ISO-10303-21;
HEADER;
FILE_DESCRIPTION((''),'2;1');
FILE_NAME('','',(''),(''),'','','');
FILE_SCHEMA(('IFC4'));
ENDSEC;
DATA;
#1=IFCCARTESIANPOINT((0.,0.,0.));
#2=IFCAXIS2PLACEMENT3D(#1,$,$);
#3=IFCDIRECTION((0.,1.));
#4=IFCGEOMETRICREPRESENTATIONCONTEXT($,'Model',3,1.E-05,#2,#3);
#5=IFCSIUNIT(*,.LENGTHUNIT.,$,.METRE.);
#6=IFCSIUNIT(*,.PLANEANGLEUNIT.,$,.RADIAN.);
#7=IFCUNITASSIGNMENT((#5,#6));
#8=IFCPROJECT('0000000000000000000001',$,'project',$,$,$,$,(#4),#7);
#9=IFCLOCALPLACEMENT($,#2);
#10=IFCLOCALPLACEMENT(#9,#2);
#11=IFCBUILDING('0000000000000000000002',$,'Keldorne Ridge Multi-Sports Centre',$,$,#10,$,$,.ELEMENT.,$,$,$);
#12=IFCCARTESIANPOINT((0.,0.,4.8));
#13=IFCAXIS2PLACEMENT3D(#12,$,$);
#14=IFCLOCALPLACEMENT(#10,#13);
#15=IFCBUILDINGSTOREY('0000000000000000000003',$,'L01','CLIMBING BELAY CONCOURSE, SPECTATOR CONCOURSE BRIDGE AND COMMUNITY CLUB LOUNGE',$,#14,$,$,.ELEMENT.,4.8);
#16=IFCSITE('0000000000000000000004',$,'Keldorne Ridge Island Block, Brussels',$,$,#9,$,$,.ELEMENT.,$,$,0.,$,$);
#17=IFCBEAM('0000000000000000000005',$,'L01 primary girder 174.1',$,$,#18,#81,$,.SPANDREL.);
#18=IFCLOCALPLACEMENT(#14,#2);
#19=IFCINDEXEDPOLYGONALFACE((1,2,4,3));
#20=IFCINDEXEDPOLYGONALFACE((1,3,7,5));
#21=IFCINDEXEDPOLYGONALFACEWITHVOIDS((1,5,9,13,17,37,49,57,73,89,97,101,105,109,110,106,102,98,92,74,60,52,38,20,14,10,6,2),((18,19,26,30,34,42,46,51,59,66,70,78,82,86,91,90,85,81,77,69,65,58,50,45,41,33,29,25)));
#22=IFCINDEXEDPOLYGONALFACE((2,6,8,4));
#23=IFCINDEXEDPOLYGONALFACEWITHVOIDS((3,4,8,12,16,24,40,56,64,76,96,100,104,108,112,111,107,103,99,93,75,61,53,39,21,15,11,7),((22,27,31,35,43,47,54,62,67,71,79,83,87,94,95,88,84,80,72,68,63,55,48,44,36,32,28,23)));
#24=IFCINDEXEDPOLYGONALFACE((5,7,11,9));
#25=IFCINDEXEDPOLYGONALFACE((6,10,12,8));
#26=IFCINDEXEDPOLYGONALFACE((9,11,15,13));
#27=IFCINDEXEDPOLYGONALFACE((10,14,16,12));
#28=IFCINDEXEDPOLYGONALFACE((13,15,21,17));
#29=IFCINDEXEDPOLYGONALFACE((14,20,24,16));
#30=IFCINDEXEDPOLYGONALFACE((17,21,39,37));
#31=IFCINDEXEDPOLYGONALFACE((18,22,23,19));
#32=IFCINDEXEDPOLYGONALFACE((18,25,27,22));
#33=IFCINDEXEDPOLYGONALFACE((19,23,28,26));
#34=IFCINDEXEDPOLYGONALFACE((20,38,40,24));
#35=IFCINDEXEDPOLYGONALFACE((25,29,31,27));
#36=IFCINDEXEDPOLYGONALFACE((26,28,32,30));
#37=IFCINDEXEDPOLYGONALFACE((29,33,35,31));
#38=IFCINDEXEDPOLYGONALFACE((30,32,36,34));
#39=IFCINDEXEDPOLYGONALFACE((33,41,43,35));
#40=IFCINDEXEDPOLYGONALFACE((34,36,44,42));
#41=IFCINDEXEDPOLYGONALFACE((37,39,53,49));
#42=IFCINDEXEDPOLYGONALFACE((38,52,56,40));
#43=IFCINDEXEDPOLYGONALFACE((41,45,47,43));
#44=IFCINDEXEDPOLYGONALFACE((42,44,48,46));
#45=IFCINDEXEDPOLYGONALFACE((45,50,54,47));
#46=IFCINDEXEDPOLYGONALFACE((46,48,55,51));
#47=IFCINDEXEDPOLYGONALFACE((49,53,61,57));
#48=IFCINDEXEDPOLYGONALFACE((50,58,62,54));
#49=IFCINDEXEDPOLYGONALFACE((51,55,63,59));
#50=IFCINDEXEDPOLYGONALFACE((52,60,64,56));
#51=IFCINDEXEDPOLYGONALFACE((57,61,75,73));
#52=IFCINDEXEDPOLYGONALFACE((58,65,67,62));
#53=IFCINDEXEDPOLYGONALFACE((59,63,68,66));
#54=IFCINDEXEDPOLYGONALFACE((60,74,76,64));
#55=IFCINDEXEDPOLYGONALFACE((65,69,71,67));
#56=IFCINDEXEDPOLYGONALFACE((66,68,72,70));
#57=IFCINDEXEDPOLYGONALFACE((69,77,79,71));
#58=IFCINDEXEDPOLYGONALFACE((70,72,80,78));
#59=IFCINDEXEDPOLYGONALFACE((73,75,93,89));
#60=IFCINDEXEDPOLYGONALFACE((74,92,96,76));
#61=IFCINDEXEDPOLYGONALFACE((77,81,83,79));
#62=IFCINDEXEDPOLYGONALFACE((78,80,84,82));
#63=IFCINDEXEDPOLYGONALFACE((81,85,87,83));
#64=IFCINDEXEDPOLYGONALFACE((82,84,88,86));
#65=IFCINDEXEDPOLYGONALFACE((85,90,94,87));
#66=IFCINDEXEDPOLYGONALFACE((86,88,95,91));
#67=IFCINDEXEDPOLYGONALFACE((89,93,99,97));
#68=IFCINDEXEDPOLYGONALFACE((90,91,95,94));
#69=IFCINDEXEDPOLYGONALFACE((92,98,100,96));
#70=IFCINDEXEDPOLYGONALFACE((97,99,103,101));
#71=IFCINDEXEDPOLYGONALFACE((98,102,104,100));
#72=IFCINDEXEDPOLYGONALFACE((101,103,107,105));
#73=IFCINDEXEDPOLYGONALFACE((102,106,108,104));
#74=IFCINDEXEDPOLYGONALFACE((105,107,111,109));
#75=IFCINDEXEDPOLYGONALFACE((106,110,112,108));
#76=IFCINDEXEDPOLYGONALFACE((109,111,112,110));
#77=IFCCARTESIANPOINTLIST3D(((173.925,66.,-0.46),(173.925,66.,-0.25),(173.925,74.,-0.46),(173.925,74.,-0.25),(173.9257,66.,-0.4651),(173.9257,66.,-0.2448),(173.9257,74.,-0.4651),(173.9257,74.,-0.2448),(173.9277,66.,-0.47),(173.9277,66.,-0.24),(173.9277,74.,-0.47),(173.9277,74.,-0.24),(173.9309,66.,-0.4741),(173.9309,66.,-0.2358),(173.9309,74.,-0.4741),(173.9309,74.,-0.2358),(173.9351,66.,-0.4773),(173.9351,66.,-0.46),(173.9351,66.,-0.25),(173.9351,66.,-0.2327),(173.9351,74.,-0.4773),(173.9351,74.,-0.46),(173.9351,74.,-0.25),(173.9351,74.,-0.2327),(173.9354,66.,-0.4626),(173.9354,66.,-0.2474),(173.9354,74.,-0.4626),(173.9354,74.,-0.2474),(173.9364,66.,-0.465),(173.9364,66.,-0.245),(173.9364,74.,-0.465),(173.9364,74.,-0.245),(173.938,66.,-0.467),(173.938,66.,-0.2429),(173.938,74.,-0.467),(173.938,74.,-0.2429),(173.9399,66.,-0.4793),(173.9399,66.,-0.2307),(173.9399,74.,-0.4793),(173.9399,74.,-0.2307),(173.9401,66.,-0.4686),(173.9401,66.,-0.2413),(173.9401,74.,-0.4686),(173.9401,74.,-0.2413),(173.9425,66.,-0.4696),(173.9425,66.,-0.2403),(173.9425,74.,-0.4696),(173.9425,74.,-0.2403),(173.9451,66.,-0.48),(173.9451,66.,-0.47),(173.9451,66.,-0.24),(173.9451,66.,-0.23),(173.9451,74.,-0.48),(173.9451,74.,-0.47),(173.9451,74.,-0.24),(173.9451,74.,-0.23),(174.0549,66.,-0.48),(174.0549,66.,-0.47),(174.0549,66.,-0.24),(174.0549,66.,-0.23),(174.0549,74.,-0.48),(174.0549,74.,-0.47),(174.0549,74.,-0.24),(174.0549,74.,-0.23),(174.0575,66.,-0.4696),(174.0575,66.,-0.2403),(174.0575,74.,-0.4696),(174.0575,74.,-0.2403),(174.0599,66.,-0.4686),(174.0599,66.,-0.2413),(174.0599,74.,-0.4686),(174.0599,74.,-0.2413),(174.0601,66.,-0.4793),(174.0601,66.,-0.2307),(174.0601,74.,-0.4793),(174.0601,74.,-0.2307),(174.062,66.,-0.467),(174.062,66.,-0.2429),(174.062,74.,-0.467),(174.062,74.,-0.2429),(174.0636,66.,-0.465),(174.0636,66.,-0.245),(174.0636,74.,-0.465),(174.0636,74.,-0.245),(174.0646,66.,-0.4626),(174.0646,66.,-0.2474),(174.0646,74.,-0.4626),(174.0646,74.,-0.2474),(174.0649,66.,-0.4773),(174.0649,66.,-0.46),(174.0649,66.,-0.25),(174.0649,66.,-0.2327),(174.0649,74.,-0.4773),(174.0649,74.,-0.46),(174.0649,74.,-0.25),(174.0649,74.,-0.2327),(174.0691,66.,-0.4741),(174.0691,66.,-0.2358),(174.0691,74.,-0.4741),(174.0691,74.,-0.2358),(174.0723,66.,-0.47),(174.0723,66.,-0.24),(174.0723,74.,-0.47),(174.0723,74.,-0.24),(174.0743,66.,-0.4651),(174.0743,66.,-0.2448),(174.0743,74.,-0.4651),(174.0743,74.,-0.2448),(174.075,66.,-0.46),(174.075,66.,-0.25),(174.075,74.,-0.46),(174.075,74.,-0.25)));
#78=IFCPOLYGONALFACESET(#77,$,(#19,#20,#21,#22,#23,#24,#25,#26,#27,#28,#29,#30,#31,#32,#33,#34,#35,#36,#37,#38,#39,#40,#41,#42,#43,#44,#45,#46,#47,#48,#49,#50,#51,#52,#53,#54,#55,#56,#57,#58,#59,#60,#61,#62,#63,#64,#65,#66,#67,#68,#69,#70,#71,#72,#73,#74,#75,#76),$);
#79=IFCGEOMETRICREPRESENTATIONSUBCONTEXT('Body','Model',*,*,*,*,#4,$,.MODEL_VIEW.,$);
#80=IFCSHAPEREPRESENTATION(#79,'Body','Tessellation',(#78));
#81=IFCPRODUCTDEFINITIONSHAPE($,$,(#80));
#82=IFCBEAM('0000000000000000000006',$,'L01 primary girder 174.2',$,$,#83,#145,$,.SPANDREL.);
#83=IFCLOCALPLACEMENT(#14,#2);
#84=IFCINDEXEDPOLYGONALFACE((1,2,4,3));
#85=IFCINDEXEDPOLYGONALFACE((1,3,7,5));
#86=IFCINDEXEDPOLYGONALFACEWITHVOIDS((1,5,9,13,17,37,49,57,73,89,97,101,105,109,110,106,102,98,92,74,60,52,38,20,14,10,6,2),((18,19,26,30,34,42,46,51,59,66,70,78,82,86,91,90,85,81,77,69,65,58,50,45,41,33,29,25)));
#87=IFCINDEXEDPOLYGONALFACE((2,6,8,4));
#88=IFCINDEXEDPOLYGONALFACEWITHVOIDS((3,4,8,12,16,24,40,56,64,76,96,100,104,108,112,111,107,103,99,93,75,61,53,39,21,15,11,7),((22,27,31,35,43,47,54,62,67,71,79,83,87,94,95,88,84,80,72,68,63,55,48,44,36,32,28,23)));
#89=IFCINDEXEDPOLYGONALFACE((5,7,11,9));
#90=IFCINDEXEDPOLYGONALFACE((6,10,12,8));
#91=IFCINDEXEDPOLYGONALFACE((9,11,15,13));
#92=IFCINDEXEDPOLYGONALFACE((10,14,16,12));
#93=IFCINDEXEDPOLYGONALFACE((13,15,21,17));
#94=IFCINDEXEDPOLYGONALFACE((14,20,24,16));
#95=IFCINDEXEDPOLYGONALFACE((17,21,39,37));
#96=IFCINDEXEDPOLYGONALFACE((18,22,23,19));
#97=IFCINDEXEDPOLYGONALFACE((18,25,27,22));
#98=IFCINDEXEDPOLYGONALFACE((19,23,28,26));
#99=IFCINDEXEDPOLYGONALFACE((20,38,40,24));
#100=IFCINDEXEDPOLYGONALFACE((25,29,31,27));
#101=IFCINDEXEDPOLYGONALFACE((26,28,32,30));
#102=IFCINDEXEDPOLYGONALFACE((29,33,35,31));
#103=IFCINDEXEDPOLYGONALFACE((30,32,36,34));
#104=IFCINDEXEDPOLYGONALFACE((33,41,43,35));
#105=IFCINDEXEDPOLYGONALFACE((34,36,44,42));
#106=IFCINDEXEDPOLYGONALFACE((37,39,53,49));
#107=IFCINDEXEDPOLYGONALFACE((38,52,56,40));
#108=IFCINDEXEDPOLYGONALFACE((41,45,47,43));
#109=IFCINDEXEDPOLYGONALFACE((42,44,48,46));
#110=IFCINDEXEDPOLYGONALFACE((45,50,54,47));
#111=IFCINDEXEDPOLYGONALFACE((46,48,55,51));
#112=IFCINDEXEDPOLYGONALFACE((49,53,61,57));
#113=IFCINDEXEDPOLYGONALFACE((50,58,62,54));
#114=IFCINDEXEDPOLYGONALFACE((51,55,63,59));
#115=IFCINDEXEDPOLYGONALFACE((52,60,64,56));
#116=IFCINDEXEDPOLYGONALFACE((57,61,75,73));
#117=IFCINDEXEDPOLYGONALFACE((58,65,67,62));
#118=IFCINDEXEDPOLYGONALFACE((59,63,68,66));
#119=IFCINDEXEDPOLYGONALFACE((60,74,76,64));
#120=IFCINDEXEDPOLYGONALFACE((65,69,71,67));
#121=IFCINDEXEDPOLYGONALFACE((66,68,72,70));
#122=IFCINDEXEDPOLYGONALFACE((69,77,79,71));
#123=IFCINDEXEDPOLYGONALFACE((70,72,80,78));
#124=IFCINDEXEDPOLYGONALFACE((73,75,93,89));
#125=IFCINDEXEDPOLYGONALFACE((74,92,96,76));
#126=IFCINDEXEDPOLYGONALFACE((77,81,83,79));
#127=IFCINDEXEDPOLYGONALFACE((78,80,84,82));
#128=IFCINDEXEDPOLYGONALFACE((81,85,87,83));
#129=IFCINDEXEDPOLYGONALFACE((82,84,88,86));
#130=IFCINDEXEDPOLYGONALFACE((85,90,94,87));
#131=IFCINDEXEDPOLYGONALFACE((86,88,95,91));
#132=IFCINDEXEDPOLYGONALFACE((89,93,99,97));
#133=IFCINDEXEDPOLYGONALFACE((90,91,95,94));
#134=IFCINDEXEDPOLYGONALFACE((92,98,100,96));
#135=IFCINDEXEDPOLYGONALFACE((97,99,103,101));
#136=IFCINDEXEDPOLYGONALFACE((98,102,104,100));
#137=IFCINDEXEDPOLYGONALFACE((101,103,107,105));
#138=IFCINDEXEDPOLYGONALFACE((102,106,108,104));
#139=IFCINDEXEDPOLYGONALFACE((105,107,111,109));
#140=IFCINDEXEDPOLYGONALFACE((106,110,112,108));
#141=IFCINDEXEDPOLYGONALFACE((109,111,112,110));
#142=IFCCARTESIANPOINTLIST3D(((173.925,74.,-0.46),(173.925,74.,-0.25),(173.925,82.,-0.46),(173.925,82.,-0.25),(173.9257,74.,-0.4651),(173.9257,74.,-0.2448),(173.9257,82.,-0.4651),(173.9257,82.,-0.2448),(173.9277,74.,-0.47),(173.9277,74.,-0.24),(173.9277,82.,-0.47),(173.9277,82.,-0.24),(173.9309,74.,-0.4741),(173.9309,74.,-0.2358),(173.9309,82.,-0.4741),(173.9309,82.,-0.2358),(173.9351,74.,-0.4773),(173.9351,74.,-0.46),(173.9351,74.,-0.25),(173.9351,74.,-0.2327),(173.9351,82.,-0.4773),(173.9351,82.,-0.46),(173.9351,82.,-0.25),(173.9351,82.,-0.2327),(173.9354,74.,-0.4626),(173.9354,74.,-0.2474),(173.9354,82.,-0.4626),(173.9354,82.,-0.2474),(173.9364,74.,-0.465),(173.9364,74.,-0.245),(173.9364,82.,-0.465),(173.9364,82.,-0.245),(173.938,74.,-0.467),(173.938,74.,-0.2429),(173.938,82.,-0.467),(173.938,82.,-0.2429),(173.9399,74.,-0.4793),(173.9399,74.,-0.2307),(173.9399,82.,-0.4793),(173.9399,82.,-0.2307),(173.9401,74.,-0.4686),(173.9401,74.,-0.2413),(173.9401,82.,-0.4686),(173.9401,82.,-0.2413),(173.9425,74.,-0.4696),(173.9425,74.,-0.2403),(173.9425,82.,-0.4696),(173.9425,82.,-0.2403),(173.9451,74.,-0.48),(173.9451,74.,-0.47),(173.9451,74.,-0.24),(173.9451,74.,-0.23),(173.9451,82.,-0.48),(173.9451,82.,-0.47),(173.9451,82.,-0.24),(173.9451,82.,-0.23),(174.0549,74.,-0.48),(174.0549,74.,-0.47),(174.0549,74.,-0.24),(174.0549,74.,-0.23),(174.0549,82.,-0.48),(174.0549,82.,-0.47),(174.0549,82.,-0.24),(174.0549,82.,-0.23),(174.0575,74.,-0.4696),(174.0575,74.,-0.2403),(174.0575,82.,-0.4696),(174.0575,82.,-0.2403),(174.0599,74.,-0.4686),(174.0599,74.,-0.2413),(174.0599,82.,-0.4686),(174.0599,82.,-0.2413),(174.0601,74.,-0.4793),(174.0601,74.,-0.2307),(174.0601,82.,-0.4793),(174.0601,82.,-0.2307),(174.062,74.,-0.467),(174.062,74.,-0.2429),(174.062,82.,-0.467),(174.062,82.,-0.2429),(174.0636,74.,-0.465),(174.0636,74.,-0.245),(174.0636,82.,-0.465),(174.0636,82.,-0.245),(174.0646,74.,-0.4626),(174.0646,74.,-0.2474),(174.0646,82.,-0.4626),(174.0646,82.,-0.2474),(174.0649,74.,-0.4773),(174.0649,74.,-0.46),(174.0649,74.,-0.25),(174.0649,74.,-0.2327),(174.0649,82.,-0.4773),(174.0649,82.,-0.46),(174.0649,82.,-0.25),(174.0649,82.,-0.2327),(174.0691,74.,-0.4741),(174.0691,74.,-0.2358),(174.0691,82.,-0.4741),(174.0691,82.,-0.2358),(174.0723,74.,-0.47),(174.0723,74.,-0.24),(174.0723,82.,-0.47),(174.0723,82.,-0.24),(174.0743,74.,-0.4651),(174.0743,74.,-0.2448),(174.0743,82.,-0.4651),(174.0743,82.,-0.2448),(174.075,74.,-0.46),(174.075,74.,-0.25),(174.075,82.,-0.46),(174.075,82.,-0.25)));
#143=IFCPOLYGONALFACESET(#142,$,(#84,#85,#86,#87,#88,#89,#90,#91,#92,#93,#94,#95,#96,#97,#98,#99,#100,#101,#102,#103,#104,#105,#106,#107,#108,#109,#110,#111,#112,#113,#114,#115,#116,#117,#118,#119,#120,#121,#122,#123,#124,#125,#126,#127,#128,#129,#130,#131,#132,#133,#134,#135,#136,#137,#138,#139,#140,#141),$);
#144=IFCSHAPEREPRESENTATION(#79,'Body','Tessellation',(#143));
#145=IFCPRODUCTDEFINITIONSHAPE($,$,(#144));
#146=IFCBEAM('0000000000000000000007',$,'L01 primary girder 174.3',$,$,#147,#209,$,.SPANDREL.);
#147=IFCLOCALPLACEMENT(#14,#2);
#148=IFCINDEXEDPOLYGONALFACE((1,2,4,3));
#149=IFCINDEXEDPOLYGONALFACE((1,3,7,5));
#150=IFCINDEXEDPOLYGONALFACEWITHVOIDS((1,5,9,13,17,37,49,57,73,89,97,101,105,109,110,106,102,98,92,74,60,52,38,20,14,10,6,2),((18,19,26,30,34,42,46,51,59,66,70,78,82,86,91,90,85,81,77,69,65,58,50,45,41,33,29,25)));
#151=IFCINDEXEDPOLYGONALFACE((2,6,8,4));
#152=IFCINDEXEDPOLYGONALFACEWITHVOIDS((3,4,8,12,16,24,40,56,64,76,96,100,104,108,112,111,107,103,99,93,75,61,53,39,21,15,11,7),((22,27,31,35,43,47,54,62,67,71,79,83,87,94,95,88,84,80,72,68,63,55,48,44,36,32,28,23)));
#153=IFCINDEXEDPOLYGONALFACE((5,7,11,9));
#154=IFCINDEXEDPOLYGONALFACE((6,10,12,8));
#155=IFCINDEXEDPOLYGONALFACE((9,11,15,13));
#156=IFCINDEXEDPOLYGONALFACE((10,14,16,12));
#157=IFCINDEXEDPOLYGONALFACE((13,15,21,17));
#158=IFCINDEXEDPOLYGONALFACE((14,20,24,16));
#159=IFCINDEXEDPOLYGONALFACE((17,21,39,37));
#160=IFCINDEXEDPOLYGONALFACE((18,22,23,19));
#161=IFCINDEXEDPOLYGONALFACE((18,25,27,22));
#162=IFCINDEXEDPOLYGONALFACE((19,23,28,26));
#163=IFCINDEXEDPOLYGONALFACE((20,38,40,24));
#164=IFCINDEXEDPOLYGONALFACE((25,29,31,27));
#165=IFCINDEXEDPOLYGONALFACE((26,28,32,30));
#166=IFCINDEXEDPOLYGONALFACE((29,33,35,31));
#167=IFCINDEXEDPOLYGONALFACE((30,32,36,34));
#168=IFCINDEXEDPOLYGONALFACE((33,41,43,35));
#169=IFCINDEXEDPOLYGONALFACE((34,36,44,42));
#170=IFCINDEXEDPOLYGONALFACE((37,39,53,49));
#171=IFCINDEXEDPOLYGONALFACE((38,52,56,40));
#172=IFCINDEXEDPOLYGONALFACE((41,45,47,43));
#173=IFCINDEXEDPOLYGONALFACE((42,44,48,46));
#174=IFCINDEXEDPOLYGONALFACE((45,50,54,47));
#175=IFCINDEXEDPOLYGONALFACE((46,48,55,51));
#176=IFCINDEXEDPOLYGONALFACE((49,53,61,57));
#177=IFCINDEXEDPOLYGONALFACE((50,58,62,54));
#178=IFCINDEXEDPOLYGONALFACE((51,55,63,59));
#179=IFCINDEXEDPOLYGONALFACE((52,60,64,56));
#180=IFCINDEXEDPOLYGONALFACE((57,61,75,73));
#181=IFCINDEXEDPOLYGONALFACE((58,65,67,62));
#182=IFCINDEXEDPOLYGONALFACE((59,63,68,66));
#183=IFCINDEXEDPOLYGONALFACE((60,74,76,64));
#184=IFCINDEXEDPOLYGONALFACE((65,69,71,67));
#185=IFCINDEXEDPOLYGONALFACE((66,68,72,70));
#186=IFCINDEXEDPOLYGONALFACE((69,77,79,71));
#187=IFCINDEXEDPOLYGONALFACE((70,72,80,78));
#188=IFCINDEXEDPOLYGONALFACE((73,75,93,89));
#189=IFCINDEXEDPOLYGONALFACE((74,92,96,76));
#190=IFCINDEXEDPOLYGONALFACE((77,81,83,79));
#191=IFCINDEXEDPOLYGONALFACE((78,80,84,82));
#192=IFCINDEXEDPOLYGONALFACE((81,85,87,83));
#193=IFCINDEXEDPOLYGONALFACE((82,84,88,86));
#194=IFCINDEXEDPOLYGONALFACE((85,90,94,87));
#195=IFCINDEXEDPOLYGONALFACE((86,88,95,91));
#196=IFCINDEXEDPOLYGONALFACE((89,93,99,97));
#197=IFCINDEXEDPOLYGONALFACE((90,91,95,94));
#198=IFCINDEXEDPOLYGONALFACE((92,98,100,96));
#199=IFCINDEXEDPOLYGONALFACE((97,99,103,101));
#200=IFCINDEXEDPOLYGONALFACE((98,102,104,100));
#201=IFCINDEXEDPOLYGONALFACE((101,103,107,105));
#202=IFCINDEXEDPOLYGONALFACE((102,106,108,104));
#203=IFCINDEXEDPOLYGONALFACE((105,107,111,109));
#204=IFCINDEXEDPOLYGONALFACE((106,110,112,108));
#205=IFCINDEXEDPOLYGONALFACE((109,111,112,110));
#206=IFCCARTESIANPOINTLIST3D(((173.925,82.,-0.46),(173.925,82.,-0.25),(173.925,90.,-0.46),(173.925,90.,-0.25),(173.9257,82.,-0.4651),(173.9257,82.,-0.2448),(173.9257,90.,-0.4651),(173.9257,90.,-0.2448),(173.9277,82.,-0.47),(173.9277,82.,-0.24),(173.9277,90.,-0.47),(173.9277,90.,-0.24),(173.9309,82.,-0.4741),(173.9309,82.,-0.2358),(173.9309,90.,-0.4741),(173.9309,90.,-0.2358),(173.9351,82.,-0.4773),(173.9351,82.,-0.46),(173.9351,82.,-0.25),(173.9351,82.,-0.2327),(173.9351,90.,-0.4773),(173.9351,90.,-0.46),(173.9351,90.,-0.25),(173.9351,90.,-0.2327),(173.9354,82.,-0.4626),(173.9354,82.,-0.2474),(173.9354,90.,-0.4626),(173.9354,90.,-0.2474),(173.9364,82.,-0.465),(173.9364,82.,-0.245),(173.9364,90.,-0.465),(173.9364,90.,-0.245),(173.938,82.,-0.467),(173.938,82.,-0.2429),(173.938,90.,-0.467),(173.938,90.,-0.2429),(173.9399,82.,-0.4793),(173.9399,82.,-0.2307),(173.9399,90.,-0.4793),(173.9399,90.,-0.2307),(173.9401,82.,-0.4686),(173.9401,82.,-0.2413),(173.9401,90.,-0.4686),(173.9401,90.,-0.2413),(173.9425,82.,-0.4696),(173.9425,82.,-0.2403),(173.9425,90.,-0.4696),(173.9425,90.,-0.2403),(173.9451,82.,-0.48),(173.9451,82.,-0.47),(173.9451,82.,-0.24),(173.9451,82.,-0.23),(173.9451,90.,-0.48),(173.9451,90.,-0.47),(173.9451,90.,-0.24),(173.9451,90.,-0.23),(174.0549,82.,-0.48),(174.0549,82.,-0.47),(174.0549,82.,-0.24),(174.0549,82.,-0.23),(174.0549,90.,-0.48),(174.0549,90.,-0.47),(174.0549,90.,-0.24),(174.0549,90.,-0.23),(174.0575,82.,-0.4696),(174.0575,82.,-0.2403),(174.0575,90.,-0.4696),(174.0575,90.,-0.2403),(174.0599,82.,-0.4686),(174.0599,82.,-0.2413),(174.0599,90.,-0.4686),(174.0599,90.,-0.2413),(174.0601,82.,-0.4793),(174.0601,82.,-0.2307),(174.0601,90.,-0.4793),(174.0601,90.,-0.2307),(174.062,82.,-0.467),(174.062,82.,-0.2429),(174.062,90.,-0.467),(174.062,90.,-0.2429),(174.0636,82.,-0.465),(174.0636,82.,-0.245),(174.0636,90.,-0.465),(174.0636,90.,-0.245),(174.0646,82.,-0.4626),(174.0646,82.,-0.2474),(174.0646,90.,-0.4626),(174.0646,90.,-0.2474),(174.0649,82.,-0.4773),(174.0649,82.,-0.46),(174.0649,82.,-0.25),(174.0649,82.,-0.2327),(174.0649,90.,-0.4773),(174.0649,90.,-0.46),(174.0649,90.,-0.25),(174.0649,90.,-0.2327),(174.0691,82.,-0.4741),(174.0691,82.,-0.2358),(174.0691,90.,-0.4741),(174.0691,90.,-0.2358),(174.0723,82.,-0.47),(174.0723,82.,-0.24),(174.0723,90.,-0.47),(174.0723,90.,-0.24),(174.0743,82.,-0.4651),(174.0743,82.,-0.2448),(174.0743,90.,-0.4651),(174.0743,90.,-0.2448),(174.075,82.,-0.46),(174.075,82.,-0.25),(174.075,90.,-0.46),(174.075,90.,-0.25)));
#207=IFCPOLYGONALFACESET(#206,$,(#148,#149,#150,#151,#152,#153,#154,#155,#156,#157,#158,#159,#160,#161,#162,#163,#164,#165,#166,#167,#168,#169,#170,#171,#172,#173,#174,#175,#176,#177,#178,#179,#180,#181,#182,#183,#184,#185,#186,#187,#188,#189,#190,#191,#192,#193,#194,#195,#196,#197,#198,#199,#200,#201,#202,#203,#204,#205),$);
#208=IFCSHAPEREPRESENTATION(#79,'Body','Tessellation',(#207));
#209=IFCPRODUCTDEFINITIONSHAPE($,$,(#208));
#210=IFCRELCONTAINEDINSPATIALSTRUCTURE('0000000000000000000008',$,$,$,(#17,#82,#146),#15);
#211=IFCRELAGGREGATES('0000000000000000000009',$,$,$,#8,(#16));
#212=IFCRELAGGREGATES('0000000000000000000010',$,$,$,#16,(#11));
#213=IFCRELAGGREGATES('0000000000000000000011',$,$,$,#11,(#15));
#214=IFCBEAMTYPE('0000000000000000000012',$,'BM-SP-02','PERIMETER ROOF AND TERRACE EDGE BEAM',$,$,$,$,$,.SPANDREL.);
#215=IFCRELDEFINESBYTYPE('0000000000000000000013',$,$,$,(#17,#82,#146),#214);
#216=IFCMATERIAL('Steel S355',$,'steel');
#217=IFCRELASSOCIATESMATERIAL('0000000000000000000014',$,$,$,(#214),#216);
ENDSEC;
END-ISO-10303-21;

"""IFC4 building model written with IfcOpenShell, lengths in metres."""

from ifc_helpers import new_model, si_unit, direction, frame, origin, origin_2d, place, context, subcontext, project, spatial, hollow_rectangle, extrude, material, material_profile, profile_set, type_object, element, save


model = new_model("IFC4")

# Units and contexts
model_context = context("Model", 3, precision=1e-05, world=origin(), true_north=direction((0.0, 1.0)))
body_context = subcontext(model_context, "Body", "Model", "MODEL_VIEW")
ifc_project = project(units=[si_unit("LENGTHUNIT", "METRE"), si_unit("PLANEANGLEUNIT", "RADIAN")], contexts=[model_context])

# Site, building, storey
site_placement = place(None, origin())
site = spatial("IfcSite", under=ifc_project, at=site_placement, Name="Keldorne Ridge Island Block, Brussels", CompositionType="ELEMENT", RefElevation=0.0)
building_placement = place(site_placement, origin())
building = spatial("IfcBuilding", under=site, at=building_placement, Name="Keldorne Ridge Multi-Sports Centre", CompositionType="ELEMENT")
storey_placement = place(building_placement, frame((0.0, 0.0, 4.8)))
storey = spatial("IfcBuildingStorey", under=building, at=storey_placement, Name="L01", Description="CLIMBING BELAY CONCOURSE, SPECTATOR CONCOURSE BRIDGE AND COMMUNITY CLUB LOUNGE", CompositionType="ELEMENT", Elevation=4.8)

# Shared definitions
ifc_material_1 = material(Name="Steel S355", Category="steel")

# Beams
ifc_material_profile_1 = material_profile(ifc_material_1, hollow_rectangle(XDim=0.1499, YDim=0.25, WallThickness=0.01, InnerFilletRadius=0.01, OuterFilletRadius=0.02, at=origin_2d()), Name="RHS 250x150x10")
ifc_profile_set_1 = profile_set([ifc_material_profile_1], Name="Steel S355")
beam_type_1 = type_object("IfcBeamType", Name="BM-SP-02", Description="PERIMETER ROOF AND TERRACE EDGE BEAM", PredefinedType="SPANDREL", material=ifc_profile_set_1)
for number, where, z_axis, x_axis, name in (
    (1, (174.0, 66.0, -0.355), (0.0, 1.0, 0.0), (-1.0, 0.0, 0.0), "L01 primary girder 174.1"),
    (2, (174.0, 74.0, -0.355), (0.0, 1.0, 0.0), (-1.0, 0.0, 0.0), "L01 primary girder 174.2"),
    (3, (174.0, 82.0, -0.355), (0.0, 1.0, 0.0), (-1.0, 0.0, 0.0), "L01 primary girder 174.3"),
):
    element("IfcBeam", number, at=place(storey_placement, frame(where, z_axis=z_axis, x_axis=x_axis)), inside=storey, type_object=beam_type_1, Name=name, PredefinedType="SPANDREL", context=body_context, shape_type="SweptSolid", body=[
        extrude(hollow_rectangle(XDim=0.1499, YDim=0.25, WallThickness=0.01, InnerFilletRadius=0.01, OuterFilletRadius=0.02, at=origin_2d()), origin(), (0.0, 0.0, 1.0), 8.0),
    ])

save(model, "model.ifc")
